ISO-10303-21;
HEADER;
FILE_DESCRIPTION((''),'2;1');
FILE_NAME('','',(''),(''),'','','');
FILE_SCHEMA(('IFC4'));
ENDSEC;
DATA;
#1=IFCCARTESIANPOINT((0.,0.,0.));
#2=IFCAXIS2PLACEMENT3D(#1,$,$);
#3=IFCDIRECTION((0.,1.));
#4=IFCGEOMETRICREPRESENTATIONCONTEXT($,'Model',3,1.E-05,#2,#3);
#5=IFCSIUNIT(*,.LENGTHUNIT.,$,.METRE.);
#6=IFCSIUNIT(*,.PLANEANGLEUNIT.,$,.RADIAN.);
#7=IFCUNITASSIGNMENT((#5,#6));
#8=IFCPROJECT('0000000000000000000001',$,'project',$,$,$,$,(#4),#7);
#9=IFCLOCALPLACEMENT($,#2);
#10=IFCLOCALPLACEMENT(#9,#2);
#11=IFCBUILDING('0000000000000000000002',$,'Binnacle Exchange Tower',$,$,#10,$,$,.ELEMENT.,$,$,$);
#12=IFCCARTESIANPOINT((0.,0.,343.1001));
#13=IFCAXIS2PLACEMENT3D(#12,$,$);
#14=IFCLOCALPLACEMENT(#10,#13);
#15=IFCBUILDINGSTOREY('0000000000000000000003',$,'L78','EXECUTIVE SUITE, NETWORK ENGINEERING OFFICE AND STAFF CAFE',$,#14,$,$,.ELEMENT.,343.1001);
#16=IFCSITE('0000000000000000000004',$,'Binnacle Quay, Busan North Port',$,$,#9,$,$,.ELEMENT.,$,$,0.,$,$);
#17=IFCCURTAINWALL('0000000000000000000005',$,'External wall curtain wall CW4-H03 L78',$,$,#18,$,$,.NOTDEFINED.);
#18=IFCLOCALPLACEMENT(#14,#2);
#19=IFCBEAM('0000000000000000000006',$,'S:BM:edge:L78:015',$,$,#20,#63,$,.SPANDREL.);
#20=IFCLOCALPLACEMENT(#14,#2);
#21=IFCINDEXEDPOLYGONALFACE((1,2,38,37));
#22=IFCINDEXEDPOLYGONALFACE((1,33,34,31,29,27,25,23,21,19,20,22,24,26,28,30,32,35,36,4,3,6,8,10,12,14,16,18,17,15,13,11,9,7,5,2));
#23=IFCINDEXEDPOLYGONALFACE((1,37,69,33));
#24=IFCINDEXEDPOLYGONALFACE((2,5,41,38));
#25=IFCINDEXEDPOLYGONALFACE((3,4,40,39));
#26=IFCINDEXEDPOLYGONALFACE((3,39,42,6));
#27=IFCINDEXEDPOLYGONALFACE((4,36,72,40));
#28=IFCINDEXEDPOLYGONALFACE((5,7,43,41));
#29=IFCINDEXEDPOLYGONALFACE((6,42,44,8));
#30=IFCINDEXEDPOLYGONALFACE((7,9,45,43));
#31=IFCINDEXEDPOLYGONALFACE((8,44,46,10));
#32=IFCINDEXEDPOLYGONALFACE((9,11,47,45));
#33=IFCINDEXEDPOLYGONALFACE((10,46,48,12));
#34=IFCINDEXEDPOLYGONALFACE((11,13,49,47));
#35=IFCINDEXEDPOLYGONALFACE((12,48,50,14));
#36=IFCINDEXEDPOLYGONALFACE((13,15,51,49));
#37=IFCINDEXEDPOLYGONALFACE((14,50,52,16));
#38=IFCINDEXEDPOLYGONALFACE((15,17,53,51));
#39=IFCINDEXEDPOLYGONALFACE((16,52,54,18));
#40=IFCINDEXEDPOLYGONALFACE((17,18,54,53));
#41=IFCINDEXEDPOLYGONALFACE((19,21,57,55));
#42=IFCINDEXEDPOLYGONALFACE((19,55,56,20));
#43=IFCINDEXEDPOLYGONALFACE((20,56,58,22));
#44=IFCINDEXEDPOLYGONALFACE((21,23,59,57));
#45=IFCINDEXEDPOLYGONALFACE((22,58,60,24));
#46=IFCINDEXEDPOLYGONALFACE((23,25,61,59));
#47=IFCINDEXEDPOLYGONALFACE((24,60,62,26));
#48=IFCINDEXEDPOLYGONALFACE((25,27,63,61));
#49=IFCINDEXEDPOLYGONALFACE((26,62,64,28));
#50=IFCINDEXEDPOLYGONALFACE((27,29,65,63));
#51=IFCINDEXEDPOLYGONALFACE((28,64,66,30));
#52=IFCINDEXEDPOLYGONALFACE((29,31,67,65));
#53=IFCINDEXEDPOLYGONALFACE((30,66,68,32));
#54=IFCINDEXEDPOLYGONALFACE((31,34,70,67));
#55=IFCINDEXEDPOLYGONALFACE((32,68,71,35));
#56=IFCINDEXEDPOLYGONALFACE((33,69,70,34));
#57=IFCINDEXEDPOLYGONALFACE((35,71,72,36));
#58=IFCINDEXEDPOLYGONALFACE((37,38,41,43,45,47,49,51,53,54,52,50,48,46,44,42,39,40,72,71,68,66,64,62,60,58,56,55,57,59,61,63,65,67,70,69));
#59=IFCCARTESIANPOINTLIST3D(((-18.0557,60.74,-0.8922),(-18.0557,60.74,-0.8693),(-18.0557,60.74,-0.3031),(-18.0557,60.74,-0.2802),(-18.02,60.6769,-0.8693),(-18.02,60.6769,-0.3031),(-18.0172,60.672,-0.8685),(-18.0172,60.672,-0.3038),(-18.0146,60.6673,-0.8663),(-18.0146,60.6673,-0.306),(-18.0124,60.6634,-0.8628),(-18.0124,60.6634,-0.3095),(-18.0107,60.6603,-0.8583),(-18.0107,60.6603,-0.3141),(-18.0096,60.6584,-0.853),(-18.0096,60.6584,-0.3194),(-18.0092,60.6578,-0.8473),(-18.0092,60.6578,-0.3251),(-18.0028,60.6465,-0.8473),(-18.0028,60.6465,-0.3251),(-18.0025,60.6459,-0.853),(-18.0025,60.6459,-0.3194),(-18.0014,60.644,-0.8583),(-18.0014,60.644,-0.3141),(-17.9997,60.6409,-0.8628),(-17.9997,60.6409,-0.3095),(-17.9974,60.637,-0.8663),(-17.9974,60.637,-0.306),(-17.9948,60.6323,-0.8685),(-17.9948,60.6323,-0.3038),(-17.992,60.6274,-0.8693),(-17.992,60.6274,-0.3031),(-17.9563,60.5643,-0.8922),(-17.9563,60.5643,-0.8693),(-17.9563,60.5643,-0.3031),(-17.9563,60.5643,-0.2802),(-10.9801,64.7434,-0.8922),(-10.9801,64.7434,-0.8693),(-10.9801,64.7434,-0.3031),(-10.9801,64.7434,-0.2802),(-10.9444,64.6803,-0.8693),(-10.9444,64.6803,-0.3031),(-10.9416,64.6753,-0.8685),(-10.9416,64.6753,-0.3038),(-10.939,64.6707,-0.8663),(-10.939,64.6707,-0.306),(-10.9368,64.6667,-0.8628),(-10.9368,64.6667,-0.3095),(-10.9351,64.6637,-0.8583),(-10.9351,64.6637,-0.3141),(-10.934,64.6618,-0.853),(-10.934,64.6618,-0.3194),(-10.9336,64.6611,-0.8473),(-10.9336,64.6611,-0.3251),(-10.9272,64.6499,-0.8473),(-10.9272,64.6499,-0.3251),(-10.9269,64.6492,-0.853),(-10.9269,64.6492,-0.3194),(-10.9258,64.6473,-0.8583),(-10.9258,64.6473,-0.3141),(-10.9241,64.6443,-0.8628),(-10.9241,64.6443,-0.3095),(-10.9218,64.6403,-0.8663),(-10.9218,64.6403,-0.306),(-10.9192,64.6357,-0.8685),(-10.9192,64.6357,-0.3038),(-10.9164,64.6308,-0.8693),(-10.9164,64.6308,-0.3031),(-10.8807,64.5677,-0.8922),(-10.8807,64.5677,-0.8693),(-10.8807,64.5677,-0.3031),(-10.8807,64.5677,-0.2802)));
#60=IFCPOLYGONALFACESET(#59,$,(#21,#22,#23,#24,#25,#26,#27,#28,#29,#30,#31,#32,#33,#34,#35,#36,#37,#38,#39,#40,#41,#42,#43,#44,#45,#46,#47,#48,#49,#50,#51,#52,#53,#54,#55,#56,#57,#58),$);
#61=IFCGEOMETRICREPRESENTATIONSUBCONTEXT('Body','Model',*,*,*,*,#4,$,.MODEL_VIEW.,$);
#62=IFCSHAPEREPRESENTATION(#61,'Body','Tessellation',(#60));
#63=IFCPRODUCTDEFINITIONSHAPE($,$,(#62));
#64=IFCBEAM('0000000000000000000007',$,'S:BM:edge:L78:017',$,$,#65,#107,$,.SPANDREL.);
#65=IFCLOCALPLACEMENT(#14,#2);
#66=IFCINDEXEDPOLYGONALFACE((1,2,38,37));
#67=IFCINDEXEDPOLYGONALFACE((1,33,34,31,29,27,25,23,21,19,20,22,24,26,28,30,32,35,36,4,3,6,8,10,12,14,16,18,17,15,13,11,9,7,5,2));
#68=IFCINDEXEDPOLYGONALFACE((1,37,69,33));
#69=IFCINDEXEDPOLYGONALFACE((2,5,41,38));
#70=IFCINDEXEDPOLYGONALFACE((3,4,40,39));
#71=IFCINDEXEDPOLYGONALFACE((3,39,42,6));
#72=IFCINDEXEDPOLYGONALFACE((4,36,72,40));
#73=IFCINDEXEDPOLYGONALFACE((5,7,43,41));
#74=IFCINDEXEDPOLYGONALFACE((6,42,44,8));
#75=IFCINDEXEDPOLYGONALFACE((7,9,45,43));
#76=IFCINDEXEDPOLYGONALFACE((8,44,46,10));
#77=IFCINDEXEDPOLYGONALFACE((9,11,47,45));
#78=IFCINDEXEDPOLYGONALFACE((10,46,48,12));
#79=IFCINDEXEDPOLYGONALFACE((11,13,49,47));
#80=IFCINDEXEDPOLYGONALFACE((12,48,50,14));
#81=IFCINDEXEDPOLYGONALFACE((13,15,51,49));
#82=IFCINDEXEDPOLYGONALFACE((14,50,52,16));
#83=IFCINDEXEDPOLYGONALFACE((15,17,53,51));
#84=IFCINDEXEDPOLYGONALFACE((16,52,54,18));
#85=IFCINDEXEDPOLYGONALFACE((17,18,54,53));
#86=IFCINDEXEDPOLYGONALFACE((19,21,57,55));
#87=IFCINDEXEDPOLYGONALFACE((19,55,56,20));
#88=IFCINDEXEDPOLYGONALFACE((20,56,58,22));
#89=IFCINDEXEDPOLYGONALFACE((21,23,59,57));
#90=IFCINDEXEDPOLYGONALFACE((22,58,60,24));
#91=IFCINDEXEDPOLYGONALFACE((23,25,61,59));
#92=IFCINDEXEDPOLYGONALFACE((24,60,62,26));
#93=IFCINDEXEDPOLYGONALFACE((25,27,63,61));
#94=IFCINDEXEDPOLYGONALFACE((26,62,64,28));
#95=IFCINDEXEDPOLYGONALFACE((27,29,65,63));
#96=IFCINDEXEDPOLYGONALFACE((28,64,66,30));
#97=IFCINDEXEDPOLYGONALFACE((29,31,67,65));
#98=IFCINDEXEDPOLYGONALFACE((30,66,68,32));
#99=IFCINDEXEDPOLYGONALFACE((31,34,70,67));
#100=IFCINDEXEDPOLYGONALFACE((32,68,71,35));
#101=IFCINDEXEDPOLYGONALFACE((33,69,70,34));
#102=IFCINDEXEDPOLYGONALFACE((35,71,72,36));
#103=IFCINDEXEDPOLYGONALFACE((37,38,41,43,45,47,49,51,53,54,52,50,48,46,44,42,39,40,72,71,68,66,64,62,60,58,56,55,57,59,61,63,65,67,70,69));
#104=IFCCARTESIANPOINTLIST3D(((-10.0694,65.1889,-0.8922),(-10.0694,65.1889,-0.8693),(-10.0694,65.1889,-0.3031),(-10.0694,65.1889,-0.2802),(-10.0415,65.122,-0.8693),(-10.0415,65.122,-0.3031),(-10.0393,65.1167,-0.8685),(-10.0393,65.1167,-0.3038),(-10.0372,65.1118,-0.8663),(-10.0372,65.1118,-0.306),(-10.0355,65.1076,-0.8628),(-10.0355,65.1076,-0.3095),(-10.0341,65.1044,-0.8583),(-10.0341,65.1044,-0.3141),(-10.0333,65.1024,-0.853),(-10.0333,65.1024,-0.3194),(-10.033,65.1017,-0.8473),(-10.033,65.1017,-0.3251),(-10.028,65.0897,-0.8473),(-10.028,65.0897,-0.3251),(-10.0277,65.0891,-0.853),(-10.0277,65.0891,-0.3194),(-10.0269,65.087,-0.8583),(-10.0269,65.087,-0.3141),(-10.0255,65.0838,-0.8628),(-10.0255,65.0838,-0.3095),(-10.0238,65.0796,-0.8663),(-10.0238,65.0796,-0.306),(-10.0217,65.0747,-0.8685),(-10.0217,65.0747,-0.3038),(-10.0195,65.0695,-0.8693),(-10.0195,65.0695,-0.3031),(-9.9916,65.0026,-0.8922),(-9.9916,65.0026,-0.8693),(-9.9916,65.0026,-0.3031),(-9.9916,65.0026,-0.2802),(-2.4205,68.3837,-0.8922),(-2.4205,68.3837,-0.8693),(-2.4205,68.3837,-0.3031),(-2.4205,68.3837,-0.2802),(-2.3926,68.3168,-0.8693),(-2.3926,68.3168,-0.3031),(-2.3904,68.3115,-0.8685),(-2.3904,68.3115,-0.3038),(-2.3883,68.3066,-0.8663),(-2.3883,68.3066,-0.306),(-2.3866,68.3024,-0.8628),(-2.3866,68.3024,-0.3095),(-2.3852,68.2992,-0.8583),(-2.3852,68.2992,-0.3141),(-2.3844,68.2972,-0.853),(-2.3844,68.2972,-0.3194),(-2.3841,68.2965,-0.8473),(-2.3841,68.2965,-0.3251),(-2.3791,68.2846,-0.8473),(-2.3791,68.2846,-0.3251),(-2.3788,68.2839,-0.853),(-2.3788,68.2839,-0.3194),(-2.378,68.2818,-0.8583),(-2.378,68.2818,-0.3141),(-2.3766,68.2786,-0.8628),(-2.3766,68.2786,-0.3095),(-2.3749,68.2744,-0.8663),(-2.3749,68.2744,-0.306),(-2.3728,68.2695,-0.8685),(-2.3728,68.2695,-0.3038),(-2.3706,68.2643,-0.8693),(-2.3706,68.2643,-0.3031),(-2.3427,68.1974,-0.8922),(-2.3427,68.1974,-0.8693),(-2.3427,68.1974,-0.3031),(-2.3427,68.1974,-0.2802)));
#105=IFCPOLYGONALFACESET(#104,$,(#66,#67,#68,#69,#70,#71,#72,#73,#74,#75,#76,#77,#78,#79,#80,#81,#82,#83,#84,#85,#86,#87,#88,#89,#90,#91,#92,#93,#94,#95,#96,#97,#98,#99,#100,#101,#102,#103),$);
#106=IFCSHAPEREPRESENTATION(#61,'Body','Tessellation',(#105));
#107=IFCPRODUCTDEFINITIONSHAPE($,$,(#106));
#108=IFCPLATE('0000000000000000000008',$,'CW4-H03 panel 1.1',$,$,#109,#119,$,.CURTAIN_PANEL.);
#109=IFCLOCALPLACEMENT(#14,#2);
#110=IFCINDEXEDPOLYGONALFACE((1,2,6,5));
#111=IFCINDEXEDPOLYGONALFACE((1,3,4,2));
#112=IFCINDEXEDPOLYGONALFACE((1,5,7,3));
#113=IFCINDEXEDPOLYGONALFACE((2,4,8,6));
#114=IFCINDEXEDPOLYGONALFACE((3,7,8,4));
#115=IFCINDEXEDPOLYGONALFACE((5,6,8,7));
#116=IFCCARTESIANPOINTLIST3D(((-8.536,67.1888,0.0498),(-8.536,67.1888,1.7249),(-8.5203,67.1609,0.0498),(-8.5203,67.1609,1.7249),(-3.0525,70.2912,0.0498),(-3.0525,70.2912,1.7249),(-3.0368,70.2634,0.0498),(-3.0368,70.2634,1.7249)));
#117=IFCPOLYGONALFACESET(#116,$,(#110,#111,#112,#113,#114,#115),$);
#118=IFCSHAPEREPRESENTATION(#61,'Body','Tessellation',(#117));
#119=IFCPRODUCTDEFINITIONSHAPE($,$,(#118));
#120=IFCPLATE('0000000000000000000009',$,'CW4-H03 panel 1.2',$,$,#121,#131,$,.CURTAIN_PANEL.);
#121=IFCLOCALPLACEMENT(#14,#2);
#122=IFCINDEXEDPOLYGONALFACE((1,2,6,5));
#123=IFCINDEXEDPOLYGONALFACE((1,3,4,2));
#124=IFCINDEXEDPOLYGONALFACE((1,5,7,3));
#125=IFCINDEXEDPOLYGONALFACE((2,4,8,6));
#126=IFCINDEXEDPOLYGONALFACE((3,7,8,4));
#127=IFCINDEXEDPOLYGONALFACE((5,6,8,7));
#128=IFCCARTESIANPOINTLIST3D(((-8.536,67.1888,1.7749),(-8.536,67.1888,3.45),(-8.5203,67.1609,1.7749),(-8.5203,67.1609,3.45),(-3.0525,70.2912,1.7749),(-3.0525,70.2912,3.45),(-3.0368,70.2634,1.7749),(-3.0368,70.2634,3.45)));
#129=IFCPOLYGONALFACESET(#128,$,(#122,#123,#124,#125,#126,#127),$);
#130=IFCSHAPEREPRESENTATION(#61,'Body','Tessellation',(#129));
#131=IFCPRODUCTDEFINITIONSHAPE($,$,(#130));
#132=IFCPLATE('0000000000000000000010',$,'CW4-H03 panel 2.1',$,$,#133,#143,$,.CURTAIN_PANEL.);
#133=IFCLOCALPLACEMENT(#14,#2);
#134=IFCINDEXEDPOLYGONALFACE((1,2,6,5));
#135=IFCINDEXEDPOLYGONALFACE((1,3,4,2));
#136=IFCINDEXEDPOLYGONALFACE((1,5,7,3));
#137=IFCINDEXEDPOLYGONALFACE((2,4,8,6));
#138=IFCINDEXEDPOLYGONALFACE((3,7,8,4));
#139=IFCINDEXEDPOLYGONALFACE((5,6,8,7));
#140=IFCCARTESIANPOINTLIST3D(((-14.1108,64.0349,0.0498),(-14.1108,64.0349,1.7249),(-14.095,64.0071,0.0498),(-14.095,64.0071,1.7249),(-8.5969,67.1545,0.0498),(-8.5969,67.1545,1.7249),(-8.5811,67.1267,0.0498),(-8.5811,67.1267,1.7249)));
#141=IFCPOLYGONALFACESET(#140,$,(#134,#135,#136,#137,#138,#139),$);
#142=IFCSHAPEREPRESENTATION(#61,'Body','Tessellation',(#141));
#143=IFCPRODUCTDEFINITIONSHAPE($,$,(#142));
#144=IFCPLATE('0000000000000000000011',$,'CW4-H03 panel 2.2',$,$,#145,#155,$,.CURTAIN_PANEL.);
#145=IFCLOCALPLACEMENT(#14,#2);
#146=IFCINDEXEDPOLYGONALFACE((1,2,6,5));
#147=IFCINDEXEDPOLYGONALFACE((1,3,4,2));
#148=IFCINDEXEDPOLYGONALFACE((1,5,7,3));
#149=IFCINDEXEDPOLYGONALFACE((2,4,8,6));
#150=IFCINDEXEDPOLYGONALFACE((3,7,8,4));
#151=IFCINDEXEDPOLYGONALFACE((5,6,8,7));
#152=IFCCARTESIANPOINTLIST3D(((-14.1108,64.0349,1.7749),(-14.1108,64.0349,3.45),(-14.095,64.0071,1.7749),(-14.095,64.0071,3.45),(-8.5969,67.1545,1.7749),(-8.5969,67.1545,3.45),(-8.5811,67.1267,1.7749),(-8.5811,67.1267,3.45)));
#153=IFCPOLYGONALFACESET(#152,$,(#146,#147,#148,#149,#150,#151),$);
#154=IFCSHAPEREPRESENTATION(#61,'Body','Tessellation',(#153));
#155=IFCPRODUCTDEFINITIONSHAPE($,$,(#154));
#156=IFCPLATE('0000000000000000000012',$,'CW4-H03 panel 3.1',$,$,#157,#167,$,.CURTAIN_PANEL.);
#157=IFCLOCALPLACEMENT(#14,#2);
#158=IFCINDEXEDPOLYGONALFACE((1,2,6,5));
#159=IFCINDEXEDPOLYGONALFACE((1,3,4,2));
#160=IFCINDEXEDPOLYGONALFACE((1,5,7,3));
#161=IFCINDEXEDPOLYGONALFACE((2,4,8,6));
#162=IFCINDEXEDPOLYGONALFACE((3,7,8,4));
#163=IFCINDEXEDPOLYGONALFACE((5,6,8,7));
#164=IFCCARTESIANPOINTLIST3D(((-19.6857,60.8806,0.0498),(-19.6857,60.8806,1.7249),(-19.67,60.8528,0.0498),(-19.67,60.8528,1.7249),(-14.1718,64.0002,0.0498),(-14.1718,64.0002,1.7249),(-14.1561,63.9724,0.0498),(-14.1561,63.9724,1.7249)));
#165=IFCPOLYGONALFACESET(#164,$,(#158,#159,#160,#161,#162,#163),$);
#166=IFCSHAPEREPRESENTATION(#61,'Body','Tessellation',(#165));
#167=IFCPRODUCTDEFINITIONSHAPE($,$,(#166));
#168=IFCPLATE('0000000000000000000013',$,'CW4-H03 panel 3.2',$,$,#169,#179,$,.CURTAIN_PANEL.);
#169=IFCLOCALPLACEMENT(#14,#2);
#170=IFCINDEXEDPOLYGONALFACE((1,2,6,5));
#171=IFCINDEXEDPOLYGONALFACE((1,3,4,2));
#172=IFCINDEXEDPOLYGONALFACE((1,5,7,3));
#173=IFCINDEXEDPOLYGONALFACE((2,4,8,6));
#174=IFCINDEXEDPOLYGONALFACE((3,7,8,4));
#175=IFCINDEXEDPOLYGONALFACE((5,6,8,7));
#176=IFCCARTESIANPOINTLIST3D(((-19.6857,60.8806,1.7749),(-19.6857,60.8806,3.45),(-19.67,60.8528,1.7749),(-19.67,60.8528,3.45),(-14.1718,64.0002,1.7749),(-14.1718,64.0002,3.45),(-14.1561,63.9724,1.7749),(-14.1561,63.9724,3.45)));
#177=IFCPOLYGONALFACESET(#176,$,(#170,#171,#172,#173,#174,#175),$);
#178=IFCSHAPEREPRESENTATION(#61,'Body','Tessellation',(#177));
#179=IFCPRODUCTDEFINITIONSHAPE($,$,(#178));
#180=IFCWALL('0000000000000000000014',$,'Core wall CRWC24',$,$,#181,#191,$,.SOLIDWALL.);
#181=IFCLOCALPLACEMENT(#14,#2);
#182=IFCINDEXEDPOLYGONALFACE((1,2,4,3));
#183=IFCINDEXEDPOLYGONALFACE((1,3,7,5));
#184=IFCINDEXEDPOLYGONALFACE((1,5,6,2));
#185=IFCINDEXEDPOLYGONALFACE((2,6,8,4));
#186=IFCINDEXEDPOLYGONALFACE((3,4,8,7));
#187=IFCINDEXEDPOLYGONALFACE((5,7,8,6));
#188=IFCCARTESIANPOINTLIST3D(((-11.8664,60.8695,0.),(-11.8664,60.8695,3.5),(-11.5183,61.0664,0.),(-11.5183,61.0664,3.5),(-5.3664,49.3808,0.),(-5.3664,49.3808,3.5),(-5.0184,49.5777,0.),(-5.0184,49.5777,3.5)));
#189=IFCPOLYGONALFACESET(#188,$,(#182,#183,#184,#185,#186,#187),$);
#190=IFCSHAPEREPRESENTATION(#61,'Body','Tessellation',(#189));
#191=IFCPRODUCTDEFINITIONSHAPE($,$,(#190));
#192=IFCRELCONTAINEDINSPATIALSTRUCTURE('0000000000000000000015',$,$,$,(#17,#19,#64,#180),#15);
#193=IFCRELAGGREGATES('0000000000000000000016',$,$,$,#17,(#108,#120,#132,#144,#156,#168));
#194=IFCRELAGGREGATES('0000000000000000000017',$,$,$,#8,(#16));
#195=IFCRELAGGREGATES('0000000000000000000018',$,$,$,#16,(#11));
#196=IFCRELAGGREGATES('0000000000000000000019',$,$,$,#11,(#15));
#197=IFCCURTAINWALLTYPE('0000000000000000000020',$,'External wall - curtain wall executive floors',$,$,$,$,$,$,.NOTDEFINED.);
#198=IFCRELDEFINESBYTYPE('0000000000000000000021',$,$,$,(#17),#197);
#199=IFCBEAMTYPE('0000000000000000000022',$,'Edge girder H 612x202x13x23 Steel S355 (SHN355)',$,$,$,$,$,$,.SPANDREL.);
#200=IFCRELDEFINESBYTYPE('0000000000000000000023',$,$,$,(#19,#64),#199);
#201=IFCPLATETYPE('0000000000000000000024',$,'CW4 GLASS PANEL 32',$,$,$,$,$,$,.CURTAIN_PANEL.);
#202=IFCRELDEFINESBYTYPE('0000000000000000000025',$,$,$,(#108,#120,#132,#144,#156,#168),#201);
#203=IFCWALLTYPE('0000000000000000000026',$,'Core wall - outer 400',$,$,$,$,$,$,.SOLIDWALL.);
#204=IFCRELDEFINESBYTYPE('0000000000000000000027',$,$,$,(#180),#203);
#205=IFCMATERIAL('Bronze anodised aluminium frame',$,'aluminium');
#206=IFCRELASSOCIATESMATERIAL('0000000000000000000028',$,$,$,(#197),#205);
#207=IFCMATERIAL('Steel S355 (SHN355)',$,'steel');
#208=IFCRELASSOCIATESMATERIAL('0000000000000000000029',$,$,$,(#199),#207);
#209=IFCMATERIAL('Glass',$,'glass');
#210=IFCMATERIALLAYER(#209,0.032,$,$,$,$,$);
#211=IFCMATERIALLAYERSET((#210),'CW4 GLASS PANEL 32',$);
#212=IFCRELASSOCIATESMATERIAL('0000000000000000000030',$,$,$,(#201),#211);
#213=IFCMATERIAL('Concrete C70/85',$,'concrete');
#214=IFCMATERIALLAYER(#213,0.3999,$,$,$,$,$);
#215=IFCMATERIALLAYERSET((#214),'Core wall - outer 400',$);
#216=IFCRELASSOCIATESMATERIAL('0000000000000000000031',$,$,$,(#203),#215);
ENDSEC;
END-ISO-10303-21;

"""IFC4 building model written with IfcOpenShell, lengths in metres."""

from ifc_helpers import new_model, si_unit, direction, frame, frame_2d, origin, origin_2d, place, context, subcontext, project, spatial, rectangle, i_section, extrude, material, layer, layer_set, material_profile, profile_set, type_object, element, aggregate, save


model = new_model("IFC4")

# Units and contexts
model_context = context("Model", 3, precision=1e-05, world=origin(), true_north=direction((0.0, 1.0)))
body_context = subcontext(model_context, "Body", "Model", "MODEL_VIEW")
ifc_project = project(units=[si_unit("LENGTHUNIT", "METRE"), si_unit("PLANEANGLEUNIT", "RADIAN")], contexts=[model_context])

# Site, building, storey
site_placement = place(None, origin())
site = spatial("IfcSite", under=ifc_project, at=site_placement, Name="Binnacle Quay, Busan North Port", CompositionType="ELEMENT", RefElevation=0.0)
building_placement = place(site_placement, origin())
building = spatial("IfcBuilding", under=site, at=building_placement, Name="Binnacle Exchange Tower", CompositionType="ELEMENT")
storey_placement = place(building_placement, frame((0.0, 0.0, 343.1001)))
storey = spatial("IfcBuildingStorey", under=building, at=storey_placement, Name="L78", Description="EXECUTIVE SUITE, NETWORK ENGINEERING OFFICE AND STAFF CAFE", CompositionType="ELEMENT", Elevation=343.1001)

# Curtain wall
ifc_material_1 = material(Name="Bronze anodised aluminium frame", Category="aluminium")
curtain_wall_type = type_object("IfcCurtainWallType", Name="External wall - curtain wall executive floors", PredefinedType="NOTDEFINED", material=ifc_material_1)
curtain_wall_placement = place(storey_placement, origin())
curtain_wall = element("IfcCurtainWall", 1, at=curtain_wall_placement, inside=storey, type_object=curtain_wall_type, Name="External wall curtain wall CW4-H03 L78", PredefinedType="NOTDEFINED")

# Beams
ifc_material_2 = material(Name="Steel S355 (SHN355)", Category="steel")
ifc_material_profile_1 = material_profile(ifc_material_2, i_section(OverallWidth=0.2019, OverallDepth=0.6121, WebThickness=0.0129, FlangeThickness=0.0229, FilletRadius=0.022, at=origin_2d()), Name="H 612x202x13x23")
ifc_profile_set_1 = profile_set([ifc_material_profile_1], Name="Steel S355 (SHN355)")
beam_type = type_object("IfcBeamType", Name="Edge girder H 612x202x13x23 Steel S355 (SHN355)", PredefinedType="SPANDREL", material=ifc_profile_set_1)
beam_1_placement = place(storey_placement, frame((-10.9304, 64.6555, -0.5862), z_axis=(-0.870346, -0.492441, 0.0), x_axis=(0.492441, -0.870346, 0.0)))
element("IfcBeam", 2, at=beam_1_placement, inside=storey, type_object=beam_type, Name="S:BM:edge:L78:015", PredefinedType="SPANDREL", context=body_context, shape_type="SweptSolid", body=[
    extrude(i_section(OverallWidth=0.2019, OverallDepth=0.6121, WebThickness=0.0129, FlangeThickness=0.0229, FilletRadius=0.022, at=origin_2d()), origin(), (0.0, 0.0, 1.0), 8.1296),
])
beam_2_placement = place(storey_placement, frame((-2.3816, 68.2905, -0.5862), z_axis=(-0.922744, -0.385414, 0.0), x_axis=(0.385414, -0.922744, 0.0)))
element("IfcBeam", 3, at=beam_2_placement, inside=storey, type_object=beam_type, Name="S:BM:edge:L78:017", PredefinedType="SPANDREL", context=body_context, shape_type="SweptSolid", body=[
    extrude(i_section(OverallWidth=0.2019, OverallDepth=0.6121, WebThickness=0.0129, FlangeThickness=0.0229, FilletRadius=0.022, at=origin_2d()), origin(), (0.0, 0.0, 1.0), 8.2893),
])

# Plates
ifc_material_3 = material(Name="Glass", Category="glass")
ifc_layer_1 = layer(ifc_material_3, 0.032)
ifc_layer_set_1 = layer_set([ifc_layer_1], Name="CW4 GLASS PANEL 32")
plate_type = type_object("IfcPlateType", Name="CW4 GLASS PANEL 32", PredefinedType="CURTAIN_PANEL", material=ifc_layer_set_1)
plate_1_placement = place(storey_placement, frame((-5.7864, 68.7261, 0.0498), z_axis=(0.0, 0.0, 1.0), x_axis=(-0.870356, -0.492424, 0.0)))
plate_1 = element("IfcPlate", 4, at=plate_1_placement, type_object=plate_type, Name="CW4-H03 panel 1.1", PredefinedType="CURTAIN_PANEL", context=body_context, shape_type="SweptSolid", body=[
    extrude(rectangle(XDim=6.3003, YDim=0.032, at=origin_2d()), origin(), (0.0, 0.0, 1.0), 1.675),
])
plate_2_placement = place(storey_placement, frame((-5.7864, 68.7261, 1.7749), z_axis=(0.0, 0.0, 1.0), x_axis=(-0.870356, -0.492424, 0.0)))
plate_2 = element("IfcPlate", 5, at=plate_2_placement, type_object=plate_type, Name="CW4-H03 panel 1.2", PredefinedType="CURTAIN_PANEL", context=body_context, shape_type="SweptSolid", body=[
    extrude(rectangle(XDim=6.3003, YDim=0.032, at=origin_2d()), origin(), (0.0, 0.0, 1.0), 1.675),
])
plate_3_placement = place(storey_placement, frame((-11.3459, 65.5808, 0.0498), z_axis=(0.0, 0.0, 1.0), x_axis=(-0.870356, -0.492424, 0.0)))
plate_3 = element("IfcPlate", 6, at=plate_3_placement, type_object=plate_type, Name="CW4-H03 panel 2.1", PredefinedType="CURTAIN_PANEL", context=body_context, shape_type="SweptSolid", body=[
    extrude(rectangle(XDim=6.3352, YDim=0.032, at=origin_2d()), origin(), (0.0, 0.0, 1.0), 1.675),
])
plate_4_placement = place(storey_placement, frame((-11.3459, 65.5808, 1.7749), z_axis=(0.0, 0.0, 1.0), x_axis=(-0.870356, -0.492424, 0.0)))
plate_4 = element("IfcPlate", 7, at=plate_4_placement, type_object=plate_type, Name="CW4-H03 panel 2.2", PredefinedType="CURTAIN_PANEL", context=body_context, shape_type="SweptSolid", body=[
    extrude(rectangle(XDim=6.3352, YDim=0.032, at=origin_2d()), origin(), (0.0, 0.0, 1.0), 1.675),
])
plate_5_placement = place(storey_placement, frame((-16.9209, 62.4265, 0.0498), z_axis=(0.0, 0.0, 1.0), x_axis=(-0.870356, -0.492424, 0.0)))
plate_5 = element("IfcPlate", 8, at=plate_5_placement, type_object=plate_type, Name="CW4-H03 panel 3.1", PredefinedType="CURTAIN_PANEL", context=body_context, shape_type="SweptSolid", body=[
    extrude(rectangle(XDim=6.3352, YDim=0.032, at=origin_2d()), origin(), (0.0, 0.0, 1.0), 1.675),
])
plate_6_placement = place(storey_placement, frame((-16.9209, 62.4265, 1.7749), z_axis=(0.0, 0.0, 1.0), x_axis=(-0.870356, -0.492424, 0.0)))
plate_6 = element("IfcPlate", 9, at=plate_6_placement, type_object=plate_type, Name="CW4-H03 panel 3.2", PredefinedType="CURTAIN_PANEL", context=body_context, shape_type="SweptSolid", body=[
    extrude(rectangle(XDim=6.3352, YDim=0.032, at=origin_2d()), origin(), (0.0, 0.0, 1.0), 1.675),
])
aggregate(curtain_wall, [plate_1, plate_2, plate_3, plate_4, plate_5, plate_6])

# Wall
ifc_material_4 = material(Name="Concrete C70/85", Category="concrete")
ifc_layer_2 = layer(ifc_material_4, 0.3999)
ifc_layer_set_2 = layer_set([ifc_layer_2], Name="Core wall - outer 400")
wall_type_1 = type_object("IfcWallType", Name="Core wall - outer 400", PredefinedType="SOLIDWALL", material=ifc_layer_set_2)
wall_1_placement = place(storey_placement, frame((-11.6924, 60.968, 0.0), z_axis=(0.0, 0.0, 1.0), x_axis=(0.492422, -0.870357, 0.0)))
element("IfcWall", 10, at=wall_1_placement, inside=storey, type_object=wall_type_1, Name="Core wall CRWC24", PredefinedType="SOLIDWALL", context=body_context, shape_type="SweptSolid", body=[
    extrude(rectangle(XDim=13.2, YDim=0.3999, at=frame_2d((6.6001, 0.0))), origin(), (0.0, 0.0, 1.0), 3.5),
])

save(model, "model.ifc")
